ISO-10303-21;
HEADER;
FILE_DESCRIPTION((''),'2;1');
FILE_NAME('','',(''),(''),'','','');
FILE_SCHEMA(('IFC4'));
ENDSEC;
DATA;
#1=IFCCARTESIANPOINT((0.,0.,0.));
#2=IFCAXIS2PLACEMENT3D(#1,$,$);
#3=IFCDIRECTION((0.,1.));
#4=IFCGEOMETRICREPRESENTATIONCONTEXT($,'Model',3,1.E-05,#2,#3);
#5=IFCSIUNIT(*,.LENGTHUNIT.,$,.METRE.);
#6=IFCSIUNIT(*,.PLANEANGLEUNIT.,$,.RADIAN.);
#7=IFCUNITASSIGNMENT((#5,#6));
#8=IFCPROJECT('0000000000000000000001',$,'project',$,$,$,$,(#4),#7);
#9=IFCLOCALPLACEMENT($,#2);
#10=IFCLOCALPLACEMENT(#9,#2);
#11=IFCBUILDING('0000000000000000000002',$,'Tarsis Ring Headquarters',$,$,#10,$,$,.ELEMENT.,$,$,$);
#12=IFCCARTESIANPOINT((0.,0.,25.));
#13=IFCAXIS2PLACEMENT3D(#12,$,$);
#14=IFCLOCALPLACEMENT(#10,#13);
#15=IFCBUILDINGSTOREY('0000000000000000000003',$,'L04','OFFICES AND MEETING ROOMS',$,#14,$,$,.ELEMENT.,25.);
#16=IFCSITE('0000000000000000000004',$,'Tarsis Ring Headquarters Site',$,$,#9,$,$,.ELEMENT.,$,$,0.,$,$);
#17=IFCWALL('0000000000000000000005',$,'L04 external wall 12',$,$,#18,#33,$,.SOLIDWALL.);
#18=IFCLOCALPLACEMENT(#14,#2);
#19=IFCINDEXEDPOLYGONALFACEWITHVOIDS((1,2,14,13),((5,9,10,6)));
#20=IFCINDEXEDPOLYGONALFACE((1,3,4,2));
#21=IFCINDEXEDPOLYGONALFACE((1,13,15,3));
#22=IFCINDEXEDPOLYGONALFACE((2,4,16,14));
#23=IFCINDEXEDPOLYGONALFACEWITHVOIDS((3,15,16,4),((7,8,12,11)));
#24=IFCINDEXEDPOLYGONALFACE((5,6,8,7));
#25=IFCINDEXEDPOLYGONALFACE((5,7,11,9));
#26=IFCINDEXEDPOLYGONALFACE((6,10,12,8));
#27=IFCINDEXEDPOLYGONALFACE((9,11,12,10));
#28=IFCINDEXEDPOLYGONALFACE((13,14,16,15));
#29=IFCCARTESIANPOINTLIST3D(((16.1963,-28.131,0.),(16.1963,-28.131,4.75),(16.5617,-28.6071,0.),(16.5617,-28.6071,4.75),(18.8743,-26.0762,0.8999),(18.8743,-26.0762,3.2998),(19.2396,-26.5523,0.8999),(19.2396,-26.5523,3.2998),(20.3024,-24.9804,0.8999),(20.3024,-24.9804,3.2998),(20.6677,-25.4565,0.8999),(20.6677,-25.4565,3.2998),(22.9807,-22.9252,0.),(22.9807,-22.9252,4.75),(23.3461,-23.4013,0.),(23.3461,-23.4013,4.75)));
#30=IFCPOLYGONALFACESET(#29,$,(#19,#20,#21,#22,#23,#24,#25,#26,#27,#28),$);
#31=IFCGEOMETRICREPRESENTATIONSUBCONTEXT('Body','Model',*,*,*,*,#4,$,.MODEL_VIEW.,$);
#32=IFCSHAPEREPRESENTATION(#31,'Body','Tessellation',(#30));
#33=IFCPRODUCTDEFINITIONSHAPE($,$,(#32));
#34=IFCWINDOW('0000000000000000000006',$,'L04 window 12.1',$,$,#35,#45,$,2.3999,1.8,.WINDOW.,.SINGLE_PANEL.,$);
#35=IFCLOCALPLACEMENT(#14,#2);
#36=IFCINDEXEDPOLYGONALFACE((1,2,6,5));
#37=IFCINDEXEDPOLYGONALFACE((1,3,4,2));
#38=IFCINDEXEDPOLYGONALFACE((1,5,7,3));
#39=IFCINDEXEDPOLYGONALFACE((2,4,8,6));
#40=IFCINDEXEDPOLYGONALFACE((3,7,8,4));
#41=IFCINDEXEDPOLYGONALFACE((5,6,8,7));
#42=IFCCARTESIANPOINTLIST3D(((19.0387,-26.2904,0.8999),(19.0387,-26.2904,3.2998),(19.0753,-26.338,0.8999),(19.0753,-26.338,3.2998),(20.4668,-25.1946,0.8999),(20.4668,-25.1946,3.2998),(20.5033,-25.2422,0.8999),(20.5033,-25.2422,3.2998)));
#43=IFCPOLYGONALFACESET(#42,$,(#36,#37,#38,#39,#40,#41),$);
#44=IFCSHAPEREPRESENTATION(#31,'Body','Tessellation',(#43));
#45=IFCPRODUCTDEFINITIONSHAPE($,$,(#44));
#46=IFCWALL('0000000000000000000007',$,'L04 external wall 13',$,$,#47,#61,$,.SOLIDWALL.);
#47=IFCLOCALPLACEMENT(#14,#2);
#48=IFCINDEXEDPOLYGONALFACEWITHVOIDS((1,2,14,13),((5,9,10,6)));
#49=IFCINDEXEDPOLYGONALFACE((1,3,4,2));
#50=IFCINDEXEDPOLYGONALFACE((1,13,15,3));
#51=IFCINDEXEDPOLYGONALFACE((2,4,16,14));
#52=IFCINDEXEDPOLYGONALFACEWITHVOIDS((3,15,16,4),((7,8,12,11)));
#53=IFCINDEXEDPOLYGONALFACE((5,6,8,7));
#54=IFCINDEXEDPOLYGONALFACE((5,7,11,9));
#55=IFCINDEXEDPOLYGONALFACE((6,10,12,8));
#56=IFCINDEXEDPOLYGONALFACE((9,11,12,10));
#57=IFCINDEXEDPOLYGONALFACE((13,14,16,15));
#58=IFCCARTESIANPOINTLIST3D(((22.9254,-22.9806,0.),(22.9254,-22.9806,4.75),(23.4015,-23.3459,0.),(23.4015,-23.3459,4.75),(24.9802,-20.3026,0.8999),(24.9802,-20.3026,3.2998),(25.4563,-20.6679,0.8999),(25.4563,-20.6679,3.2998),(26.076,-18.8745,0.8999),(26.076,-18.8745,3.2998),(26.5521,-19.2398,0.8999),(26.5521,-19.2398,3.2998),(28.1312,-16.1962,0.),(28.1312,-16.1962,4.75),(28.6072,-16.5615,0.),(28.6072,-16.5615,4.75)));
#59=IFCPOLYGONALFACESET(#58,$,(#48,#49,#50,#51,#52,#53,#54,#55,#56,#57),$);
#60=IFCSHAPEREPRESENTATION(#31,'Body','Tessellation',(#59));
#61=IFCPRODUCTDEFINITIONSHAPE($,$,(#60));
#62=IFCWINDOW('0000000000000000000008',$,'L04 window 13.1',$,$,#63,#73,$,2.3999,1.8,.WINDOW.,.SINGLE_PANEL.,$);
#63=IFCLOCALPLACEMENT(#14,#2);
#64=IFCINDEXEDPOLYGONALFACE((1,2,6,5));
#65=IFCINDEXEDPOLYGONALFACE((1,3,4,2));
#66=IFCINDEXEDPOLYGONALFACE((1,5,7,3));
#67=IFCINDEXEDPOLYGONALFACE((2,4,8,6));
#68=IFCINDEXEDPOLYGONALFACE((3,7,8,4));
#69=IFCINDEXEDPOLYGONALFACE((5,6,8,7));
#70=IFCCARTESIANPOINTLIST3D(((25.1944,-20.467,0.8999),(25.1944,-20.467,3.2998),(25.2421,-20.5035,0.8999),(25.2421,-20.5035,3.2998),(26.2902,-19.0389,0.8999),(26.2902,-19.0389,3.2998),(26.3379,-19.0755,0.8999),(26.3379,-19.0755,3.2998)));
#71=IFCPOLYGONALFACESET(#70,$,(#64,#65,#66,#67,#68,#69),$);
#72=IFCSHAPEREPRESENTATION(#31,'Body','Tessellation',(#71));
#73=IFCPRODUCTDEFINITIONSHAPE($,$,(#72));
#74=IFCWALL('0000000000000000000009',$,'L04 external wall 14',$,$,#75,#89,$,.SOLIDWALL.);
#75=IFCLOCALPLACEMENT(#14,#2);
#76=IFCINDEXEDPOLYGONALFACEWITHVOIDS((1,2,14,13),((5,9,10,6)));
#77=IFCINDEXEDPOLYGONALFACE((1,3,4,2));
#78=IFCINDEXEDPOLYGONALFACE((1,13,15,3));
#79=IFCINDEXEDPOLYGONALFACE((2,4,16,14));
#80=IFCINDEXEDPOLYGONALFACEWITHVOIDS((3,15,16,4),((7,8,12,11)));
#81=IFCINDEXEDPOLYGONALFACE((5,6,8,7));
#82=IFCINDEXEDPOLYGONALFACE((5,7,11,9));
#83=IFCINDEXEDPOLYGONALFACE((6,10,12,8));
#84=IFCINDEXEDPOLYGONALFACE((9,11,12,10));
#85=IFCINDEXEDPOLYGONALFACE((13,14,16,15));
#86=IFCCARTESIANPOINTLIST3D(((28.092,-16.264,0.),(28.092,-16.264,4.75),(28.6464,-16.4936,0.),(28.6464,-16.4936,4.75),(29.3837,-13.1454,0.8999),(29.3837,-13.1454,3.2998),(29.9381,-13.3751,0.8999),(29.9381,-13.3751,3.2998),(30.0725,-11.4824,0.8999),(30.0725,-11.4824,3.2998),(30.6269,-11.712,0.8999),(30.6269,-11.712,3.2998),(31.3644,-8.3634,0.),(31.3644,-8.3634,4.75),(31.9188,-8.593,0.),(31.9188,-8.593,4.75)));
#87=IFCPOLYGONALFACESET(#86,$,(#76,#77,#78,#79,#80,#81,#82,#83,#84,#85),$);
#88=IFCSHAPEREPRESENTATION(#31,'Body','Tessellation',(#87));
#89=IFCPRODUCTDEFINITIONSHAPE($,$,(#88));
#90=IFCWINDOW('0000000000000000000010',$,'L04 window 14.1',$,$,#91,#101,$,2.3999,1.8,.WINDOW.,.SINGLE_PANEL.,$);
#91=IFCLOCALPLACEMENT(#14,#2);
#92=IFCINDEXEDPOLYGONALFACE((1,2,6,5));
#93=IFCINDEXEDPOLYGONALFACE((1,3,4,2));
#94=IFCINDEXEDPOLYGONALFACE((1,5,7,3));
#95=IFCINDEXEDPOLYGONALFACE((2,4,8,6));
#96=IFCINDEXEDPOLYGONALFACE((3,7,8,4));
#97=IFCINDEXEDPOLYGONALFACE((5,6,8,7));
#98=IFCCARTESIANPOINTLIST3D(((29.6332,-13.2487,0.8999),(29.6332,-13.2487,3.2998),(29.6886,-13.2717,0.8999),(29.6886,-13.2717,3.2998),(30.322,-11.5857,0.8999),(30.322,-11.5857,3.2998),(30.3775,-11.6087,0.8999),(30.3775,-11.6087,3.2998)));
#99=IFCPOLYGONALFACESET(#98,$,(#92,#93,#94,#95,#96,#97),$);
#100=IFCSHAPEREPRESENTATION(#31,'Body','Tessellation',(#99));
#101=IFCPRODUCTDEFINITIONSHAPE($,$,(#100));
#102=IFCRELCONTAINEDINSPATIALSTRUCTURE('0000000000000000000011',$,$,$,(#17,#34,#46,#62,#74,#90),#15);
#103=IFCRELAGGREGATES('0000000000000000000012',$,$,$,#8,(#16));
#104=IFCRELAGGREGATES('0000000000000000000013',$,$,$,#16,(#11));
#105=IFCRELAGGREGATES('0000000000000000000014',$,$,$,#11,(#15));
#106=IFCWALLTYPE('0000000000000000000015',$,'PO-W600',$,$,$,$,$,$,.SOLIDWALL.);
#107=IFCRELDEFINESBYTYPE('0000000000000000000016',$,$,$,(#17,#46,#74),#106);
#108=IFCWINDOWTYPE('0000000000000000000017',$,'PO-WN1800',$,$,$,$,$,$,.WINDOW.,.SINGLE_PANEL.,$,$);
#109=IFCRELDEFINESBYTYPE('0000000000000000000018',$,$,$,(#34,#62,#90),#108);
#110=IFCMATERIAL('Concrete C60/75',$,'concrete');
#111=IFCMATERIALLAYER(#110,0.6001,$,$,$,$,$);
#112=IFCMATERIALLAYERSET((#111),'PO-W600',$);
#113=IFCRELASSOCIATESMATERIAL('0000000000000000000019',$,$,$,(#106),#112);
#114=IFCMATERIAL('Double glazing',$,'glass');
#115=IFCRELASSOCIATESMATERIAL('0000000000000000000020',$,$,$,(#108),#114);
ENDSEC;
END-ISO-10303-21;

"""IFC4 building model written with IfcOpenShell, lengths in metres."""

from ifc_helpers import new_model, si_unit, direction, frame, frame_2d, origin, place, context, subcontext, project, spatial, rectangle, extrude, material, layer, layer_set, type_object, element, fill, save


model = new_model("IFC4")

# Units and contexts
model_context = context("Model", 3, precision=1e-05, world=origin(), true_north=direction((0.0, 1.0)))
body_context = subcontext(model_context, "Body", "Model", "MODEL_VIEW")
ifc_project = project(units=[si_unit("LENGTHUNIT", "METRE"), si_unit("PLANEANGLEUNIT", "RADIAN")], contexts=[model_context])

# Site, building, storey
site_placement = place(None, origin())
site = spatial("IfcSite", under=ifc_project, at=site_placement, Name="Tarsis Ring Headquarters Site", CompositionType="ELEMENT", RefElevation=0.0)
building_placement = place(site_placement, origin())
building = spatial("IfcBuilding", under=site, at=building_placement, Name="Tarsis Ring Headquarters", CompositionType="ELEMENT")
storey_placement = place(building_placement, frame((0.0, 0.0, 25.0)))
storey = spatial("IfcBuildingStorey", under=building, at=storey_placement, Name="L04", Description="OFFICES AND MEETING ROOMS", CompositionType="ELEMENT", Elevation=25.0)

# Walls, openings, windows
ifc_material_1 = material(Name="Concrete C60/75", Category="concrete")
ifc_layer_1 = layer(ifc_material_1, 0.6001)
ifc_layer_set_1 = layer_set([ifc_layer_1], Name="PO-W600")
wall_type_1 = type_object("IfcWallType", Name="PO-W600", PredefinedType="SOLIDWALL", material=ifc_layer_set_1)
wall_1_placement = place(storey_placement, frame((16.3789, -28.3691, 0.0), z_axis=(0.0, 0.0, 1.0), x_axis=(0.793357, 0.608757, 0.0)))
wall_1 = element("IfcWall", 1, at=wall_1_placement, inside=storey, type_object=wall_type_1, Name="L04 external wall 12", PredefinedType="SOLIDWALL", context=body_context, shape_type="SweptSolid", body=[
    extrude(rectangle(XDim=8.5515, YDim=0.6001, at=frame_2d((4.2759, 0.0))), origin(), (0.0, 0.0, 1.0), 4.75),
])
opening_1_placement = place(wall_1_placement, frame((3.3757, 0.0, 0.8999)))
opening_1 = element("IfcOpeningElement", 2, at=opening_1_placement, cuts=wall_1, PredefinedType="OPENING", context=body_context, shape_type="SweptSolid", body=[
    extrude(rectangle(XDim=1.8, YDim=2.3999, at=frame_2d((0.8999, 1.2))), frame((0.0, 0.3101, 0.0), z_axis=(0.0, -1.0, 0.0), x_axis=(1.0, 0.0, 0.0)), (0.0, 0.0, 1.0), 0.6201),
])
ifc_material_2 = material(Name="Double glazing", Category="glass")
window_type = type_object("IfcWindowType", Name="PO-WN1800", PartitioningType="SINGLE_PANEL", PredefinedType="WINDOW", material=ifc_material_2)
window_1_placement = place(opening_1_placement, origin())
window_1 = element("IfcWindow", 3, at=window_1_placement, inside=storey, type_object=window_type, Name="L04 window 12.1", OverallHeight=2.3999, OverallWidth=1.8, PartitioningType="SINGLE_PANEL", PredefinedType="WINDOW", context=body_context, shape_type="SweptSolid", body=[
    extrude(rectangle(XDim=1.8, YDim=2.3999, at=frame_2d((0.8999, 1.2))), frame((0.0, 0.03, 0.0), z_axis=(0.0, -1.0, 0.0), x_axis=(1.0, 0.0, 0.0)), (0.0, 0.0, 1.0), 0.0601),
])
fill(opening_1, window_1)
wall_2_placement = place(storey_placement, frame((23.1633, -23.1633, 0.0), z_axis=(0.0, 0.0, 1.0), x_axis=(0.608757, 0.793357, 0.0)))
wall_2 = element("IfcWall", 4, at=wall_2_placement, inside=storey, type_object=wall_type_1, Name="L04 external wall 13", PredefinedType="SOLIDWALL", context=body_context, shape_type="SweptSolid", body=[
    extrude(rectangle(XDim=8.5515, YDim=0.6001, at=frame_2d((4.2759, 0.0))), origin(), (0.0, 0.0, 1.0), 4.75),
])
opening_2_placement = place(wall_2_placement, frame((3.3757, 0.0, 0.8999)))
opening_2 = element("IfcOpeningElement", 5, at=opening_2_placement, cuts=wall_2, PredefinedType="OPENING", context=body_context, shape_type="SweptSolid", body=[
    extrude(rectangle(XDim=1.8, YDim=2.3999, at=frame_2d((0.8999, 1.2))), frame((0.0, 0.3101, 0.0), z_axis=(0.0, -1.0, 0.0), x_axis=(1.0, 0.0, 0.0)), (0.0, 0.0, 1.0), 0.6201),
])
window_2_placement = place(opening_2_placement, origin())
window_2 = element("IfcWindow", 6, at=window_2_placement, inside=storey, type_object=window_type, Name="L04 window 13.1", OverallHeight=2.3999, OverallWidth=1.8, PartitioningType="SINGLE_PANEL", PredefinedType="WINDOW", context=body_context, shape_type="SweptSolid", body=[
    extrude(rectangle(XDim=1.8, YDim=2.3999, at=frame_2d((0.8999, 1.2))), frame((0.0, 0.03, 0.0), z_axis=(0.0, -1.0, 0.0), x_axis=(1.0, 0.0, 0.0)), (0.0, 0.0, 1.0), 0.0601),
])
fill(opening_2, window_2)
wall_3_placement = place(storey_placement, frame((28.3691, -16.3789, 0.0), z_axis=(0.0, 0.0, 1.0), x_axis=(0.382675, 0.923883, 0.0)))
wall_3 = element("IfcWall", 7, at=wall_3_placement, inside=storey, type_object=wall_type_1, Name="L04 external wall 14", PredefinedType="SOLIDWALL", context=body_context, shape_type="SweptSolid", body=[
    extrude(rectangle(XDim=8.5515, YDim=0.6001, at=frame_2d((4.2759, 0.0))), origin(), (0.0, 0.0, 1.0), 4.75),
])
opening_3_placement = place(wall_3_placement, frame((3.3757, 0.0, 0.8999)))
opening_3 = element("IfcOpeningElement", 8, at=opening_3_placement, cuts=wall_3, PredefinedType="OPENING", context=body_context, shape_type="SweptSolid", body=[
    extrude(rectangle(XDim=1.8, YDim=2.3999, at=frame_2d((0.8999, 1.2))), frame((0.0, 0.3101, 0.0), z_axis=(0.0, -1.0, 0.0), x_axis=(1.0, 0.0, 0.0)), (0.0, 0.0, 1.0), 0.6201),
])
window_3_placement = place(opening_3_placement, origin())
window_3 = element("IfcWindow", 9, at=window_3_placement, inside=storey, type_object=window_type, Name="L04 window 14.1", OverallHeight=2.3999, OverallWidth=1.8, PartitioningType="SINGLE_PANEL", PredefinedType="WINDOW", context=body_context, shape_type="SweptSolid", body=[
    extrude(rectangle(XDim=1.8, YDim=2.3999, at=frame_2d((0.8999, 1.2))), frame((0.0, 0.03, 0.0), z_axis=(0.0, -1.0, 0.0), x_axis=(1.0, 0.0, 0.0)), (0.0, 0.0, 1.0), 0.0601),
])
fill(opening_3, window_3)

save(model, "model.ifc")
